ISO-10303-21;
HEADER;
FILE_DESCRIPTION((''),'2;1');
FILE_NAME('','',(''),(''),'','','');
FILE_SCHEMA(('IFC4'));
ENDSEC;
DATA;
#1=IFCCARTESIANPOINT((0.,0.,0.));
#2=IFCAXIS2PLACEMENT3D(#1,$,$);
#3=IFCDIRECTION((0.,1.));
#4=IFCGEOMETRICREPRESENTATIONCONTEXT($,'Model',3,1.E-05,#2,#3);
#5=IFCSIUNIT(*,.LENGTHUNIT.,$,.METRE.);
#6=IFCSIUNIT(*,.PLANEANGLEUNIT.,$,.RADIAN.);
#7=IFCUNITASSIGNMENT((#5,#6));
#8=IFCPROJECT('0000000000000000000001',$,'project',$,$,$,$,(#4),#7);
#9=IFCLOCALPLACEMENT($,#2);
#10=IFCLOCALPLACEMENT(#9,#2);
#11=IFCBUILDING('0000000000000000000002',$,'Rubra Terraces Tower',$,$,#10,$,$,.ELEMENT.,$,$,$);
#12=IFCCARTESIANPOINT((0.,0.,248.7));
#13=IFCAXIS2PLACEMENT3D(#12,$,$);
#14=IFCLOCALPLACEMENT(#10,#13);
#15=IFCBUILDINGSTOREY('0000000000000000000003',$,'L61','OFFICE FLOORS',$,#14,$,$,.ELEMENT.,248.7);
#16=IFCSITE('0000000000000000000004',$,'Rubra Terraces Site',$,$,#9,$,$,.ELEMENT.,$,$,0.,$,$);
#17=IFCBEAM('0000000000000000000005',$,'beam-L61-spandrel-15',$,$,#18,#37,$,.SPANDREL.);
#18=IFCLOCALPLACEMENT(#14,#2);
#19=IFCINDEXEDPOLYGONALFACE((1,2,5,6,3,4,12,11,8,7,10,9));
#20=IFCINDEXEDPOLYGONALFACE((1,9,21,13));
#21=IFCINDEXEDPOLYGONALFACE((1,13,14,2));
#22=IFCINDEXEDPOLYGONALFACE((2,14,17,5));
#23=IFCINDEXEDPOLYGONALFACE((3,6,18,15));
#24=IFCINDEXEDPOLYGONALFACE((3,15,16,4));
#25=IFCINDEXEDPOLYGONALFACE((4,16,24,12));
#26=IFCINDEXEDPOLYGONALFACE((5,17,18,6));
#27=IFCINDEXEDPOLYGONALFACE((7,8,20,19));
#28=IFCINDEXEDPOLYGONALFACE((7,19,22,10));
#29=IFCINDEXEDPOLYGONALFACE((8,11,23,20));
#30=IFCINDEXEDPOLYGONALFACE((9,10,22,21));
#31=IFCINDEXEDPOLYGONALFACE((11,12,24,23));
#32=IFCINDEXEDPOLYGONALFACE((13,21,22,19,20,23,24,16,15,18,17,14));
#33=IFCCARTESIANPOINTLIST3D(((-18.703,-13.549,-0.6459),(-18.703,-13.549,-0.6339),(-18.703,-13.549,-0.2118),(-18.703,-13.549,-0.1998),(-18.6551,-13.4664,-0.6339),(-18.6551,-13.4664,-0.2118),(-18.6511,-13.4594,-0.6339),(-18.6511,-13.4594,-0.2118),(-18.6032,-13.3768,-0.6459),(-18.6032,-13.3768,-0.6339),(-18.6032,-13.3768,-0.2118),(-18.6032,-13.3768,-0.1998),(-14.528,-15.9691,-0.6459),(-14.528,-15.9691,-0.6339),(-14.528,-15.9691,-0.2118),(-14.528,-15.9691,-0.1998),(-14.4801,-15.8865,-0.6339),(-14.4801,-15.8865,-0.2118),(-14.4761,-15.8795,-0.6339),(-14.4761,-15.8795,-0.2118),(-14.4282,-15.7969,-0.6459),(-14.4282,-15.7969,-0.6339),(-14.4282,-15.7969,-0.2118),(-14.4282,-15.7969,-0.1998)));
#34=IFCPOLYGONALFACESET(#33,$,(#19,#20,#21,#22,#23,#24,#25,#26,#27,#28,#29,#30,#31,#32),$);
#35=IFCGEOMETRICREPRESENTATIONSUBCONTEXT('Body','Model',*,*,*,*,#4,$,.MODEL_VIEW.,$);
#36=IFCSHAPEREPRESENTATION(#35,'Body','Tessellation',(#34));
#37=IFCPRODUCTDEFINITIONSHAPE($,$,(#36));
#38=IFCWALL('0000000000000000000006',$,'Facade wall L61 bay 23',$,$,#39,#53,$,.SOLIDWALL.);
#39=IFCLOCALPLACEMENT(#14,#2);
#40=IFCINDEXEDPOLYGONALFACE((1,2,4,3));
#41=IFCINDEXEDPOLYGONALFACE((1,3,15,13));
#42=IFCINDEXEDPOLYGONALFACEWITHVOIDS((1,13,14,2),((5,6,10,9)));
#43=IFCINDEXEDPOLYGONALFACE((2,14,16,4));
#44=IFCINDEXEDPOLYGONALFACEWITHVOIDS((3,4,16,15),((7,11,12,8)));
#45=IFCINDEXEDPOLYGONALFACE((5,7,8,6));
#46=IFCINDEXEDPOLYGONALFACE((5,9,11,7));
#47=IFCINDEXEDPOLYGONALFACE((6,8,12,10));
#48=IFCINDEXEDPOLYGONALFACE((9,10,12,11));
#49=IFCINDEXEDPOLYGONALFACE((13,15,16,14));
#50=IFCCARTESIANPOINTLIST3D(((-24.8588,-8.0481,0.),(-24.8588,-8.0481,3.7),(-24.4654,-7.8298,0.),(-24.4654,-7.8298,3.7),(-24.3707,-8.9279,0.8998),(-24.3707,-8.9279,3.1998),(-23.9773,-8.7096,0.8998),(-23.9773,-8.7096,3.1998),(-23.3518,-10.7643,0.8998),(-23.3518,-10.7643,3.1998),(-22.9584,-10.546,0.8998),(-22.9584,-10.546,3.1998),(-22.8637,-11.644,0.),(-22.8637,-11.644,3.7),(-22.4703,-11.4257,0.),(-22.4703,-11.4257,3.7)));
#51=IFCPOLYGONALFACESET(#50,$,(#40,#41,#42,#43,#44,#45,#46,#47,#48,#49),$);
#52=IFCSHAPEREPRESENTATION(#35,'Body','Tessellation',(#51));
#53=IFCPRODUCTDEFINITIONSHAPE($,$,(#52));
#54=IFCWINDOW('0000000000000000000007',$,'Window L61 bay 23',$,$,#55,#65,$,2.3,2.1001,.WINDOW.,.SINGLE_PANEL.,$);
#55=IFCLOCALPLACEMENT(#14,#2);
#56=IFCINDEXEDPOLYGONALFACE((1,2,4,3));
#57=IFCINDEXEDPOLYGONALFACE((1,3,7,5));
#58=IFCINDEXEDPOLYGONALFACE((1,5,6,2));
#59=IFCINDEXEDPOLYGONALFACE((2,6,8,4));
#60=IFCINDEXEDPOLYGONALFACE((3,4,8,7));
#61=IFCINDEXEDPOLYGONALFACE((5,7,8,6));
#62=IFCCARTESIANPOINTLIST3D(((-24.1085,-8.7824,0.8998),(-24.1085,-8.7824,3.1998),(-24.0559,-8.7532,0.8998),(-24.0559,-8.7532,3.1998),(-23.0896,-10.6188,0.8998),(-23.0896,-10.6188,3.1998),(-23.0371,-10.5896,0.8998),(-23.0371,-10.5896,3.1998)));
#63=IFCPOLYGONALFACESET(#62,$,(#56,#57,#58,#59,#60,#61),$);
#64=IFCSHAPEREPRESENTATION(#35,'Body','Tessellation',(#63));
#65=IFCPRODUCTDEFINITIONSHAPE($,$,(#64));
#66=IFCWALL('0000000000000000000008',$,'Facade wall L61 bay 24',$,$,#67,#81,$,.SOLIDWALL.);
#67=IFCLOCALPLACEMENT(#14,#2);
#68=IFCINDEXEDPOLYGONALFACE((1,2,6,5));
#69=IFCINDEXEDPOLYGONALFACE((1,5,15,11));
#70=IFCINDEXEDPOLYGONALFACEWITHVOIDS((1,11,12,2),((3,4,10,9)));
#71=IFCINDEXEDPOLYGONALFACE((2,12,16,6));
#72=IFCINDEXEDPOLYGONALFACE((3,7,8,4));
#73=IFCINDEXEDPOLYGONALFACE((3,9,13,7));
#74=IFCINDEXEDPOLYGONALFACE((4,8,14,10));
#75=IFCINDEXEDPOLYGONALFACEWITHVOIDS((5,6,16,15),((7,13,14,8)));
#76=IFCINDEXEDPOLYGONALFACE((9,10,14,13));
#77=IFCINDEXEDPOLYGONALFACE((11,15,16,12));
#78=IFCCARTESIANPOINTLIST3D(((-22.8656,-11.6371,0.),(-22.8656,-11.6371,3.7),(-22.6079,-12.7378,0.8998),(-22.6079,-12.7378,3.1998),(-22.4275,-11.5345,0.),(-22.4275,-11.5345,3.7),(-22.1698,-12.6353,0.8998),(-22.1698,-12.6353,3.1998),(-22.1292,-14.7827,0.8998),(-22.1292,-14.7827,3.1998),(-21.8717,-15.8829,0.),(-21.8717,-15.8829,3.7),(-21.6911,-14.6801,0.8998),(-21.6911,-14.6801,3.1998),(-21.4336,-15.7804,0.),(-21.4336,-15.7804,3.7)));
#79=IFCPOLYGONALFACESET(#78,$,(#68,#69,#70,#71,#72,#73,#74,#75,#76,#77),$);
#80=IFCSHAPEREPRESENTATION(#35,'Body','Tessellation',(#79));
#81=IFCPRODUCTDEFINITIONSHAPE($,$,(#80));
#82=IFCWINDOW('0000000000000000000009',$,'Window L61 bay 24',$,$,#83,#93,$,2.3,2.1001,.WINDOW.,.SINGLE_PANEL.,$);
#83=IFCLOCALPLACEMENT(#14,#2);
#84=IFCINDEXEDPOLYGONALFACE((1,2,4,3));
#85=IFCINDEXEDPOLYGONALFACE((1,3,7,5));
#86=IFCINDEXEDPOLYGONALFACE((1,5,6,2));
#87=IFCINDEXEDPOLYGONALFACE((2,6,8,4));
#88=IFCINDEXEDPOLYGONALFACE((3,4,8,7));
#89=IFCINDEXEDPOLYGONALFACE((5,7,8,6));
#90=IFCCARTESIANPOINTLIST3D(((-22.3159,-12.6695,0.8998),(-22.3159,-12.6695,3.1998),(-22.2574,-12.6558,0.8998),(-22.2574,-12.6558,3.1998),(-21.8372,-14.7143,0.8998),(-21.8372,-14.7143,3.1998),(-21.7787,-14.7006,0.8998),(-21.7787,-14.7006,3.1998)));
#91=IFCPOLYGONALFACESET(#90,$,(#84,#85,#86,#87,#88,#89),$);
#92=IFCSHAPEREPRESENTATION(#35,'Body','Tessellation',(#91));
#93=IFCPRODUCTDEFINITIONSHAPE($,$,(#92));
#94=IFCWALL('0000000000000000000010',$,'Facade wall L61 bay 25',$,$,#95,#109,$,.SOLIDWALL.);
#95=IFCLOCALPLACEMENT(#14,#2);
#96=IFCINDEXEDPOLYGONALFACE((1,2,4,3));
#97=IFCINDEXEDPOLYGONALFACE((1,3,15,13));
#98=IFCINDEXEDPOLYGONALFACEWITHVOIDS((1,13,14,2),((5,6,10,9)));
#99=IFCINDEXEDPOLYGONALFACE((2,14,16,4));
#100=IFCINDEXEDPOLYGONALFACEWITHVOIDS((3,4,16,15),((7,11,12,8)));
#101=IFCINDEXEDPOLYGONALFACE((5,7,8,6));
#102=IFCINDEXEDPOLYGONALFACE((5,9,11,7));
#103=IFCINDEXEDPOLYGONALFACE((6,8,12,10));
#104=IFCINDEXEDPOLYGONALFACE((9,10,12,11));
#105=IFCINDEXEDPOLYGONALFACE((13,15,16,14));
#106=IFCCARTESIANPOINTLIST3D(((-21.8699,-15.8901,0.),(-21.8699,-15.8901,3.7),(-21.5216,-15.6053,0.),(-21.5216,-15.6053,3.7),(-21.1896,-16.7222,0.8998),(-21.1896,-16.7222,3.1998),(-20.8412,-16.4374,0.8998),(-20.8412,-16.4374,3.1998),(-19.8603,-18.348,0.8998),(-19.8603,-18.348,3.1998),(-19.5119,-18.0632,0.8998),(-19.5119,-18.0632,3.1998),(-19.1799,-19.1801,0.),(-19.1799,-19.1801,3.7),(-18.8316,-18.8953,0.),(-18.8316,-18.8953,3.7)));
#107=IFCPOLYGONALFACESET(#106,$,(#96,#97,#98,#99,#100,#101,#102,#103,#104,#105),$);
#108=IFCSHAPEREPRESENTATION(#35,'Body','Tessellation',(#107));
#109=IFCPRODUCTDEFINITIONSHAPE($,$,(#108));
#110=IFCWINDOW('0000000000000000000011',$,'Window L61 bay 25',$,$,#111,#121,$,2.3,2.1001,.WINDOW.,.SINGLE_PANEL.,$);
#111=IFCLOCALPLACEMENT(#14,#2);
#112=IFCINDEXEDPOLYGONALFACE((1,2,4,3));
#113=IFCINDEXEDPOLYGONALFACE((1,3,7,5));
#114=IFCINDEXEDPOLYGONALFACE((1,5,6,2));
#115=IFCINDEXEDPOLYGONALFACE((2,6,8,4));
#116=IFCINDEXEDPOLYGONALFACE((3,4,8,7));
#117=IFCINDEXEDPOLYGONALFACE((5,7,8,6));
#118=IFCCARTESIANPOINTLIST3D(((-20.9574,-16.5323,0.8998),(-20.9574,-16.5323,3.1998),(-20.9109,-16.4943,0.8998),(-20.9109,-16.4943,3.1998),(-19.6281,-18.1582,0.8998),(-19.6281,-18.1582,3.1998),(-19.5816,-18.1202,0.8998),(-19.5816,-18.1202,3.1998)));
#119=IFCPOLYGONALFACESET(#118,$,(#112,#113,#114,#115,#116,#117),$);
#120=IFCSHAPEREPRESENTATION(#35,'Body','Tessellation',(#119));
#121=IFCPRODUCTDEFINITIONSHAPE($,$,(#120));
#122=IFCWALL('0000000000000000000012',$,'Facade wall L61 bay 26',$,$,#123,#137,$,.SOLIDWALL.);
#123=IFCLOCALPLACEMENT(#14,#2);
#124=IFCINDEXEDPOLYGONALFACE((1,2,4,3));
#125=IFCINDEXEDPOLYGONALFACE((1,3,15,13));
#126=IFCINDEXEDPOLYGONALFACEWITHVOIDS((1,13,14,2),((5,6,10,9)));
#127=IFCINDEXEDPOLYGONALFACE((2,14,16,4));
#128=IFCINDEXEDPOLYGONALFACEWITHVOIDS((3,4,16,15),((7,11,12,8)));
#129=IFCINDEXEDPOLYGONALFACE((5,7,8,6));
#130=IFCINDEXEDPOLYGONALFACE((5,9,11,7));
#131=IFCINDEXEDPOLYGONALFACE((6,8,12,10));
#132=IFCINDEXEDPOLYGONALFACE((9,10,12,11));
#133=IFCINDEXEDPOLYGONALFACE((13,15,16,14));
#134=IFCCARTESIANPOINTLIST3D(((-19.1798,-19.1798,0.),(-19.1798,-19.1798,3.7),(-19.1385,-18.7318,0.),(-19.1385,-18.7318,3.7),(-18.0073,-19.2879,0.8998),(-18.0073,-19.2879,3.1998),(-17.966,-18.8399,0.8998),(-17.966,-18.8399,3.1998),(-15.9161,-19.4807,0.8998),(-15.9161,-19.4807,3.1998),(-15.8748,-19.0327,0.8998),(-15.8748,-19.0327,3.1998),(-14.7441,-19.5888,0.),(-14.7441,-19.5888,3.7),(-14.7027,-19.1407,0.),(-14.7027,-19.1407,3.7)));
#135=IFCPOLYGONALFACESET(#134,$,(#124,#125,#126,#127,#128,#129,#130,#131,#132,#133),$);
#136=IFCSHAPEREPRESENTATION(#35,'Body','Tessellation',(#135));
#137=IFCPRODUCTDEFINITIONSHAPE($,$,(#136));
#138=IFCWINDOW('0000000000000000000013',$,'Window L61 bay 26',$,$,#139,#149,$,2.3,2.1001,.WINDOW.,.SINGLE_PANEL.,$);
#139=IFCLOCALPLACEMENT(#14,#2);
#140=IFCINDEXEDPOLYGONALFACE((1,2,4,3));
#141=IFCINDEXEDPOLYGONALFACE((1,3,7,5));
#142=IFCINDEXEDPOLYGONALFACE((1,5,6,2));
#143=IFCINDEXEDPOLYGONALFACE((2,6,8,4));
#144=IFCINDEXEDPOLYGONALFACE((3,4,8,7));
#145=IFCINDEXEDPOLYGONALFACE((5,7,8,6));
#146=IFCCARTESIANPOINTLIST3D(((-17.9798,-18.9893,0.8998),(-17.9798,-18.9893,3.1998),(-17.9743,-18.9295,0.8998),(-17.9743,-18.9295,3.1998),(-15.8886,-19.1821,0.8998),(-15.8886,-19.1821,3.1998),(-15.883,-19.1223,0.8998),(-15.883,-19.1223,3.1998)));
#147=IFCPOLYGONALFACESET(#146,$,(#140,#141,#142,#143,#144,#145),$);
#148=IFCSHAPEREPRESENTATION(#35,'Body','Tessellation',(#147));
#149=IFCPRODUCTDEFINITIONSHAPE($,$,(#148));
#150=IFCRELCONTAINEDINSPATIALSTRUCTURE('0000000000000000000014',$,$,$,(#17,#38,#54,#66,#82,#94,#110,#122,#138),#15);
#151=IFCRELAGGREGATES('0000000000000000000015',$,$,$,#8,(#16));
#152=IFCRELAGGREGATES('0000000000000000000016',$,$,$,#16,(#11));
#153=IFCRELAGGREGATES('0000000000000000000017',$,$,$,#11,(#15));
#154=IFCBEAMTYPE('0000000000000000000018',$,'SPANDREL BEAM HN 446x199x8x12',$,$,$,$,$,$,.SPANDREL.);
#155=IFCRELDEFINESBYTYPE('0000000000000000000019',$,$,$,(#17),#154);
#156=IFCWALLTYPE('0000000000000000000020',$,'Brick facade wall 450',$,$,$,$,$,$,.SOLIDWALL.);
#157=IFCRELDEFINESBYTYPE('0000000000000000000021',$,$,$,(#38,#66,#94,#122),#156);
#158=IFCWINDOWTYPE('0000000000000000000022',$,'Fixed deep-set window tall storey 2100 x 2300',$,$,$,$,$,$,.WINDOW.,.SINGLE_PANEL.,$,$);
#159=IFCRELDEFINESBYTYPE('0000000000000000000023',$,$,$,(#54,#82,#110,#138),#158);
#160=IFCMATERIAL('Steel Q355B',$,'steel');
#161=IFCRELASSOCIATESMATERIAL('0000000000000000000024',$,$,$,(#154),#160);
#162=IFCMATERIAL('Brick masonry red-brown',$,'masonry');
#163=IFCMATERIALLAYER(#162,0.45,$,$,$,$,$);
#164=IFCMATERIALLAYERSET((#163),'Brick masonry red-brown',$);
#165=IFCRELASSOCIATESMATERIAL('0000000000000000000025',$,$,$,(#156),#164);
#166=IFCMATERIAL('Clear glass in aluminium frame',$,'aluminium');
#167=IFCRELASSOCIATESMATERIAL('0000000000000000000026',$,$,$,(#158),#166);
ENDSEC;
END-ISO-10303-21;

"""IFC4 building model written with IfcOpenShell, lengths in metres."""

from ifc_helpers import new_model, si_unit, direction, frame, frame_2d, origin, origin_2d, place, context, subcontext, project, spatial, rectangle, i_section, extrude, material, layer, layer_set, material_profile, profile_set, type_object, element, fill, save


model = new_model("IFC4")

# Units and contexts
model_context = context("Model", 3, precision=1e-05, world=origin(), true_north=direction((0.0, 1.0)))
body_context = subcontext(model_context, "Body", "Model", "MODEL_VIEW")
ifc_project = project(units=[si_unit("LENGTHUNIT", "METRE"), si_unit("PLANEANGLEUNIT", "RADIAN")], contexts=[model_context])

# Site, building, storey
site_placement = place(None, origin())
site = spatial("IfcSite", under=ifc_project, at=site_placement, Name="Rubra Terraces Site", CompositionType="ELEMENT", RefElevation=0.0)
building_placement = place(site_placement, origin())
building = spatial("IfcBuilding", under=site, at=building_placement, Name="Rubra Terraces Tower", CompositionType="ELEMENT")
storey_placement = place(building_placement, frame((0.0, 0.0, 248.7)))
storey = spatial("IfcBuildingStorey", under=building, at=storey_placement, Name="L61", Description="OFFICE FLOORS", CompositionType="ELEMENT", Elevation=248.7)

# Beam
ifc_material_1 = material(Name="Steel Q355B", Category="steel")
ifc_material_profile_1 = material_profile(ifc_material_1, i_section(OverallWidth=0.199, OverallDepth=0.446, WebThickness=0.0081, FlangeThickness=0.012, at=origin_2d()), Name="HN 446x199x8x12")
ifc_profile_set_1 = profile_set([ifc_material_profile_1], Name="Steel Q355B")
beam_type_1 = type_object("IfcBeamType", Name="SPANDREL BEAM HN 446x199x8x12", PredefinedType="SPANDREL", material=ifc_profile_set_1)
beam_1_placement = place(storey_placement, frame((-18.6531, -13.4629, -0.4229), z_axis=(0.865154, -0.501507, 0.0), x_axis=(0.501507, 0.865154, 0.0)))
element("IfcBeam", 1, at=beam_1_placement, inside=storey, type_object=beam_type_1, Name="beam-L61-spandrel-15", PredefinedType="SPANDREL", context=body_context, shape_type="SweptSolid", body=[
    extrude(i_section(OverallWidth=0.199, OverallDepth=0.446, WebThickness=0.0081, FlangeThickness=0.012, at=origin_2d()), origin(), (0.0, 0.0, 1.0), 4.8257),
])

# Walls, openings, windows
ifc_material_2 = material(Name="Brick masonry red-brown", Category="masonry")
ifc_layer_1 = layer(ifc_material_2, 0.45)
ifc_layer_set_1 = layer_set([ifc_layer_1], Name="Brick masonry red-brown")
wall_type_1 = type_object("IfcWallType", Name="Brick facade wall 450", PredefinedType="SOLIDWALL", material=ifc_layer_set_1)
wall_1_placement = place(storey_placement, frame((-24.6621, -7.939, 0.0), z_axis=(0.0, 0.0, 1.0), x_axis=(0.485154, -0.874429, 0.0)))
wall_1 = element("IfcWall", 2, at=wall_1_placement, inside=storey, type_object=wall_type_1, Name="Facade wall L61 bay 23", PredefinedType="SOLIDWALL", context=body_context, shape_type="SweptSolid", body=[
    extrude(rectangle(XDim=4.1123, YDim=0.45, at=frame_2d((2.0562, 0.0))), origin(), (0.0, 0.0, 1.0), 3.7),
])
opening_1_placement = place(wall_1_placement, frame((1.0061, 0.0, 0.8999)))
opening_1 = element("IfcOpeningElement", 3, at=opening_1_placement, cuts=wall_1, PredefinedType="OPENING", context=body_context, shape_type="SweptSolid", body=[
    extrude(rectangle(XDim=2.1001, YDim=2.3, at=frame_2d((1.05, 1.1499))), frame((0.0, 0.2349, 0.0), z_axis=(0.0, -1.0, 0.0), x_axis=(1.0, 0.0, 0.0)), (0.0, 0.0, 1.0), 0.47),
])
ifc_material_3 = material(Name="Clear glass in aluminium frame", Category="aluminium")
window_type = type_object("IfcWindowType", Name="Fixed deep-set window tall storey 2100 x 2300", PartitioningType="SINGLE_PANEL", PredefinedType="WINDOW", material=ifc_material_3)
window_1_placement = place(opening_1_placement, origin())
window_1 = element("IfcWindow", 4, at=window_1_placement, inside=storey, type_object=window_type, Name="Window L61 bay 23", OverallHeight=2.3, OverallWidth=2.1001, PartitioningType="SINGLE_PANEL", PredefinedType="WINDOW", context=body_context, shape_type="SweptSolid", body=[
    extrude(rectangle(XDim=2.1001, YDim=2.3, at=frame_2d((1.05, 1.1499))), frame((0.0, 0.135, 0.0), z_axis=(0.0, -1.0, 0.0), x_axis=(1.0, 0.0, 0.0)), (0.0, 0.0, 1.0), 0.0601),
])
fill(opening_1, window_1)
wall_2_placement = place(storey_placement, frame((-22.6465, -11.5859, 0.0), z_axis=(0.0, 0.0, 1.0), x_axis=(0.227925, -0.973679, 0.0)))
wall_2 = element("IfcWall", 5, at=wall_2_placement, inside=storey, type_object=wall_type_1, Name="Facade wall L61 bay 24", PredefinedType="SOLIDWALL", context=body_context, shape_type="SweptSolid", body=[
    extrude(rectangle(XDim=4.3606, YDim=0.45, at=frame_2d((2.1802, 0.0))), origin(), (0.0, 0.0, 1.0), 3.7),
])
opening_2_placement = place(wall_2_placement, frame((1.1304, 0.0, 0.8999)))
opening_2 = element("IfcOpeningElement", 6, at=opening_2_placement, cuts=wall_2, PredefinedType="OPENING", context=body_context, shape_type="SweptSolid", body=[
    extrude(rectangle(XDim=2.1001, YDim=2.3, at=frame_2d((1.05, 1.1499))), frame((0.0, 0.2349, 0.0), z_axis=(0.0, -1.0, 0.0), x_axis=(1.0, 0.0, 0.0)), (0.0, 0.0, 1.0), 0.47),
])
window_2_placement = place(opening_2_placement, origin())
window_2 = element("IfcWindow", 7, at=window_2_placement, inside=storey, type_object=window_type, Name="Window L61 bay 24", OverallHeight=2.3, OverallWidth=2.1001, PartitioningType="SINGLE_PANEL", PredefinedType="WINDOW", context=body_context, shape_type="SweptSolid", body=[
    extrude(rectangle(XDim=2.1001, YDim=2.3, at=frame_2d((1.05, 1.1499))), frame((0.0, 0.135, 0.0), z_axis=(0.0, -1.0, 0.0), x_axis=(1.0, 0.0, 0.0)), (0.0, 0.0, 1.0), 0.0601),
])
fill(opening_2, window_2)
wall_3_placement = place(storey_placement, frame((-21.6958, -15.7476, 0.0), z_axis=(0.0, 0.0, 1.0), x_axis=(0.632969, -0.774177, 0.0)))
wall_3 = element("IfcWall", 8, at=wall_3_placement, inside=storey, type_object=wall_type_1, Name="Facade wall L61 bay 25", PredefinedType="SOLIDWALL", context=body_context, shape_type="SweptSolid", body=[
    extrude(rectangle(XDim=4.2498, YDim=0.45, at=frame_2d((2.125, 0.0))), origin(), (0.0, 0.0, 1.0), 3.7),
])
opening_3_placement = place(wall_3_placement, frame((1.075, 0.0, 0.8999)))
opening_3 = element("IfcOpeningElement", 9, at=opening_3_placement, cuts=wall_3, PredefinedType="OPENING", context=body_context, shape_type="SweptSolid", body=[
    extrude(rectangle(XDim=2.1001, YDim=2.3, at=frame_2d((1.05, 1.1499))), frame((0.0, 0.2349, 0.0), z_axis=(0.0, -1.0, 0.0), x_axis=(1.0, 0.0, 0.0)), (0.0, 0.0, 1.0), 0.47),
])
window_3_placement = place(opening_3_placement, origin())
window_3 = element("IfcWindow", 10, at=window_3_placement, inside=storey, type_object=window_type, Name="Window L61 bay 25", OverallHeight=2.3, OverallWidth=2.1001, PartitioningType="SINGLE_PANEL", PredefinedType="WINDOW", context=body_context, shape_type="SweptSolid", body=[
    extrude(rectangle(XDim=2.1001, YDim=2.3, at=frame_2d((1.05, 1.1499))), frame((0.0, 0.135, 0.0), z_axis=(0.0, -1.0, 0.0), x_axis=(1.0, 0.0, 0.0)), (0.0, 0.0, 1.0), 0.0601),
])
fill(opening_3, window_3)
wall_4_placement = place(storey_placement, frame((-19.1592, -18.9558, 0.0), z_axis=(0.0, 0.0, 1.0), x_axis=(0.995777, -0.091801, 0.0)))
wall_4 = element("IfcWall", 11, at=wall_4_placement, inside=storey, type_object=wall_type_1, Name="Facade wall L61 bay 26", PredefinedType="SOLIDWALL", context=body_context, shape_type="SweptSolid", body=[
    extrude(rectangle(XDim=4.4546, YDim=0.45, at=frame_2d((2.2273, 0.0))), origin(), (0.0, 0.0, 1.0), 3.7),
])
opening_4_placement = place(wall_4_placement, frame((1.1775, 0.0, 0.8999)))
opening_4 = element("IfcOpeningElement", 12, at=opening_4_placement, cuts=wall_4, PredefinedType="OPENING", context=body_context, shape_type="SweptSolid", body=[
    extrude(rectangle(XDim=2.1001, YDim=2.3, at=frame_2d((1.05, 1.1499))), frame((0.0, 0.2349, 0.0), z_axis=(0.0, -1.0, 0.0), x_axis=(1.0, 0.0, 0.0)), (0.0, 0.0, 1.0), 0.47),
])
window_4_placement = place(opening_4_placement, origin())
window_4 = element("IfcWindow", 13, at=window_4_placement, inside=storey, type_object=window_type, Name="Window L61 bay 26", OverallHeight=2.3, OverallWidth=2.1001, PartitioningType="SINGLE_PANEL", PredefinedType="WINDOW", context=body_context, shape_type="SweptSolid", body=[
    extrude(rectangle(XDim=2.1001, YDim=2.3, at=frame_2d((1.05, 1.1499))), frame((0.0, 0.135, 0.0), z_axis=(0.0, -1.0, 0.0), x_axis=(1.0, 0.0, 0.0)), (0.0, 0.0, 1.0), 0.0601),
])
fill(opening_4, window_4)

save(model, "model.ifc")
